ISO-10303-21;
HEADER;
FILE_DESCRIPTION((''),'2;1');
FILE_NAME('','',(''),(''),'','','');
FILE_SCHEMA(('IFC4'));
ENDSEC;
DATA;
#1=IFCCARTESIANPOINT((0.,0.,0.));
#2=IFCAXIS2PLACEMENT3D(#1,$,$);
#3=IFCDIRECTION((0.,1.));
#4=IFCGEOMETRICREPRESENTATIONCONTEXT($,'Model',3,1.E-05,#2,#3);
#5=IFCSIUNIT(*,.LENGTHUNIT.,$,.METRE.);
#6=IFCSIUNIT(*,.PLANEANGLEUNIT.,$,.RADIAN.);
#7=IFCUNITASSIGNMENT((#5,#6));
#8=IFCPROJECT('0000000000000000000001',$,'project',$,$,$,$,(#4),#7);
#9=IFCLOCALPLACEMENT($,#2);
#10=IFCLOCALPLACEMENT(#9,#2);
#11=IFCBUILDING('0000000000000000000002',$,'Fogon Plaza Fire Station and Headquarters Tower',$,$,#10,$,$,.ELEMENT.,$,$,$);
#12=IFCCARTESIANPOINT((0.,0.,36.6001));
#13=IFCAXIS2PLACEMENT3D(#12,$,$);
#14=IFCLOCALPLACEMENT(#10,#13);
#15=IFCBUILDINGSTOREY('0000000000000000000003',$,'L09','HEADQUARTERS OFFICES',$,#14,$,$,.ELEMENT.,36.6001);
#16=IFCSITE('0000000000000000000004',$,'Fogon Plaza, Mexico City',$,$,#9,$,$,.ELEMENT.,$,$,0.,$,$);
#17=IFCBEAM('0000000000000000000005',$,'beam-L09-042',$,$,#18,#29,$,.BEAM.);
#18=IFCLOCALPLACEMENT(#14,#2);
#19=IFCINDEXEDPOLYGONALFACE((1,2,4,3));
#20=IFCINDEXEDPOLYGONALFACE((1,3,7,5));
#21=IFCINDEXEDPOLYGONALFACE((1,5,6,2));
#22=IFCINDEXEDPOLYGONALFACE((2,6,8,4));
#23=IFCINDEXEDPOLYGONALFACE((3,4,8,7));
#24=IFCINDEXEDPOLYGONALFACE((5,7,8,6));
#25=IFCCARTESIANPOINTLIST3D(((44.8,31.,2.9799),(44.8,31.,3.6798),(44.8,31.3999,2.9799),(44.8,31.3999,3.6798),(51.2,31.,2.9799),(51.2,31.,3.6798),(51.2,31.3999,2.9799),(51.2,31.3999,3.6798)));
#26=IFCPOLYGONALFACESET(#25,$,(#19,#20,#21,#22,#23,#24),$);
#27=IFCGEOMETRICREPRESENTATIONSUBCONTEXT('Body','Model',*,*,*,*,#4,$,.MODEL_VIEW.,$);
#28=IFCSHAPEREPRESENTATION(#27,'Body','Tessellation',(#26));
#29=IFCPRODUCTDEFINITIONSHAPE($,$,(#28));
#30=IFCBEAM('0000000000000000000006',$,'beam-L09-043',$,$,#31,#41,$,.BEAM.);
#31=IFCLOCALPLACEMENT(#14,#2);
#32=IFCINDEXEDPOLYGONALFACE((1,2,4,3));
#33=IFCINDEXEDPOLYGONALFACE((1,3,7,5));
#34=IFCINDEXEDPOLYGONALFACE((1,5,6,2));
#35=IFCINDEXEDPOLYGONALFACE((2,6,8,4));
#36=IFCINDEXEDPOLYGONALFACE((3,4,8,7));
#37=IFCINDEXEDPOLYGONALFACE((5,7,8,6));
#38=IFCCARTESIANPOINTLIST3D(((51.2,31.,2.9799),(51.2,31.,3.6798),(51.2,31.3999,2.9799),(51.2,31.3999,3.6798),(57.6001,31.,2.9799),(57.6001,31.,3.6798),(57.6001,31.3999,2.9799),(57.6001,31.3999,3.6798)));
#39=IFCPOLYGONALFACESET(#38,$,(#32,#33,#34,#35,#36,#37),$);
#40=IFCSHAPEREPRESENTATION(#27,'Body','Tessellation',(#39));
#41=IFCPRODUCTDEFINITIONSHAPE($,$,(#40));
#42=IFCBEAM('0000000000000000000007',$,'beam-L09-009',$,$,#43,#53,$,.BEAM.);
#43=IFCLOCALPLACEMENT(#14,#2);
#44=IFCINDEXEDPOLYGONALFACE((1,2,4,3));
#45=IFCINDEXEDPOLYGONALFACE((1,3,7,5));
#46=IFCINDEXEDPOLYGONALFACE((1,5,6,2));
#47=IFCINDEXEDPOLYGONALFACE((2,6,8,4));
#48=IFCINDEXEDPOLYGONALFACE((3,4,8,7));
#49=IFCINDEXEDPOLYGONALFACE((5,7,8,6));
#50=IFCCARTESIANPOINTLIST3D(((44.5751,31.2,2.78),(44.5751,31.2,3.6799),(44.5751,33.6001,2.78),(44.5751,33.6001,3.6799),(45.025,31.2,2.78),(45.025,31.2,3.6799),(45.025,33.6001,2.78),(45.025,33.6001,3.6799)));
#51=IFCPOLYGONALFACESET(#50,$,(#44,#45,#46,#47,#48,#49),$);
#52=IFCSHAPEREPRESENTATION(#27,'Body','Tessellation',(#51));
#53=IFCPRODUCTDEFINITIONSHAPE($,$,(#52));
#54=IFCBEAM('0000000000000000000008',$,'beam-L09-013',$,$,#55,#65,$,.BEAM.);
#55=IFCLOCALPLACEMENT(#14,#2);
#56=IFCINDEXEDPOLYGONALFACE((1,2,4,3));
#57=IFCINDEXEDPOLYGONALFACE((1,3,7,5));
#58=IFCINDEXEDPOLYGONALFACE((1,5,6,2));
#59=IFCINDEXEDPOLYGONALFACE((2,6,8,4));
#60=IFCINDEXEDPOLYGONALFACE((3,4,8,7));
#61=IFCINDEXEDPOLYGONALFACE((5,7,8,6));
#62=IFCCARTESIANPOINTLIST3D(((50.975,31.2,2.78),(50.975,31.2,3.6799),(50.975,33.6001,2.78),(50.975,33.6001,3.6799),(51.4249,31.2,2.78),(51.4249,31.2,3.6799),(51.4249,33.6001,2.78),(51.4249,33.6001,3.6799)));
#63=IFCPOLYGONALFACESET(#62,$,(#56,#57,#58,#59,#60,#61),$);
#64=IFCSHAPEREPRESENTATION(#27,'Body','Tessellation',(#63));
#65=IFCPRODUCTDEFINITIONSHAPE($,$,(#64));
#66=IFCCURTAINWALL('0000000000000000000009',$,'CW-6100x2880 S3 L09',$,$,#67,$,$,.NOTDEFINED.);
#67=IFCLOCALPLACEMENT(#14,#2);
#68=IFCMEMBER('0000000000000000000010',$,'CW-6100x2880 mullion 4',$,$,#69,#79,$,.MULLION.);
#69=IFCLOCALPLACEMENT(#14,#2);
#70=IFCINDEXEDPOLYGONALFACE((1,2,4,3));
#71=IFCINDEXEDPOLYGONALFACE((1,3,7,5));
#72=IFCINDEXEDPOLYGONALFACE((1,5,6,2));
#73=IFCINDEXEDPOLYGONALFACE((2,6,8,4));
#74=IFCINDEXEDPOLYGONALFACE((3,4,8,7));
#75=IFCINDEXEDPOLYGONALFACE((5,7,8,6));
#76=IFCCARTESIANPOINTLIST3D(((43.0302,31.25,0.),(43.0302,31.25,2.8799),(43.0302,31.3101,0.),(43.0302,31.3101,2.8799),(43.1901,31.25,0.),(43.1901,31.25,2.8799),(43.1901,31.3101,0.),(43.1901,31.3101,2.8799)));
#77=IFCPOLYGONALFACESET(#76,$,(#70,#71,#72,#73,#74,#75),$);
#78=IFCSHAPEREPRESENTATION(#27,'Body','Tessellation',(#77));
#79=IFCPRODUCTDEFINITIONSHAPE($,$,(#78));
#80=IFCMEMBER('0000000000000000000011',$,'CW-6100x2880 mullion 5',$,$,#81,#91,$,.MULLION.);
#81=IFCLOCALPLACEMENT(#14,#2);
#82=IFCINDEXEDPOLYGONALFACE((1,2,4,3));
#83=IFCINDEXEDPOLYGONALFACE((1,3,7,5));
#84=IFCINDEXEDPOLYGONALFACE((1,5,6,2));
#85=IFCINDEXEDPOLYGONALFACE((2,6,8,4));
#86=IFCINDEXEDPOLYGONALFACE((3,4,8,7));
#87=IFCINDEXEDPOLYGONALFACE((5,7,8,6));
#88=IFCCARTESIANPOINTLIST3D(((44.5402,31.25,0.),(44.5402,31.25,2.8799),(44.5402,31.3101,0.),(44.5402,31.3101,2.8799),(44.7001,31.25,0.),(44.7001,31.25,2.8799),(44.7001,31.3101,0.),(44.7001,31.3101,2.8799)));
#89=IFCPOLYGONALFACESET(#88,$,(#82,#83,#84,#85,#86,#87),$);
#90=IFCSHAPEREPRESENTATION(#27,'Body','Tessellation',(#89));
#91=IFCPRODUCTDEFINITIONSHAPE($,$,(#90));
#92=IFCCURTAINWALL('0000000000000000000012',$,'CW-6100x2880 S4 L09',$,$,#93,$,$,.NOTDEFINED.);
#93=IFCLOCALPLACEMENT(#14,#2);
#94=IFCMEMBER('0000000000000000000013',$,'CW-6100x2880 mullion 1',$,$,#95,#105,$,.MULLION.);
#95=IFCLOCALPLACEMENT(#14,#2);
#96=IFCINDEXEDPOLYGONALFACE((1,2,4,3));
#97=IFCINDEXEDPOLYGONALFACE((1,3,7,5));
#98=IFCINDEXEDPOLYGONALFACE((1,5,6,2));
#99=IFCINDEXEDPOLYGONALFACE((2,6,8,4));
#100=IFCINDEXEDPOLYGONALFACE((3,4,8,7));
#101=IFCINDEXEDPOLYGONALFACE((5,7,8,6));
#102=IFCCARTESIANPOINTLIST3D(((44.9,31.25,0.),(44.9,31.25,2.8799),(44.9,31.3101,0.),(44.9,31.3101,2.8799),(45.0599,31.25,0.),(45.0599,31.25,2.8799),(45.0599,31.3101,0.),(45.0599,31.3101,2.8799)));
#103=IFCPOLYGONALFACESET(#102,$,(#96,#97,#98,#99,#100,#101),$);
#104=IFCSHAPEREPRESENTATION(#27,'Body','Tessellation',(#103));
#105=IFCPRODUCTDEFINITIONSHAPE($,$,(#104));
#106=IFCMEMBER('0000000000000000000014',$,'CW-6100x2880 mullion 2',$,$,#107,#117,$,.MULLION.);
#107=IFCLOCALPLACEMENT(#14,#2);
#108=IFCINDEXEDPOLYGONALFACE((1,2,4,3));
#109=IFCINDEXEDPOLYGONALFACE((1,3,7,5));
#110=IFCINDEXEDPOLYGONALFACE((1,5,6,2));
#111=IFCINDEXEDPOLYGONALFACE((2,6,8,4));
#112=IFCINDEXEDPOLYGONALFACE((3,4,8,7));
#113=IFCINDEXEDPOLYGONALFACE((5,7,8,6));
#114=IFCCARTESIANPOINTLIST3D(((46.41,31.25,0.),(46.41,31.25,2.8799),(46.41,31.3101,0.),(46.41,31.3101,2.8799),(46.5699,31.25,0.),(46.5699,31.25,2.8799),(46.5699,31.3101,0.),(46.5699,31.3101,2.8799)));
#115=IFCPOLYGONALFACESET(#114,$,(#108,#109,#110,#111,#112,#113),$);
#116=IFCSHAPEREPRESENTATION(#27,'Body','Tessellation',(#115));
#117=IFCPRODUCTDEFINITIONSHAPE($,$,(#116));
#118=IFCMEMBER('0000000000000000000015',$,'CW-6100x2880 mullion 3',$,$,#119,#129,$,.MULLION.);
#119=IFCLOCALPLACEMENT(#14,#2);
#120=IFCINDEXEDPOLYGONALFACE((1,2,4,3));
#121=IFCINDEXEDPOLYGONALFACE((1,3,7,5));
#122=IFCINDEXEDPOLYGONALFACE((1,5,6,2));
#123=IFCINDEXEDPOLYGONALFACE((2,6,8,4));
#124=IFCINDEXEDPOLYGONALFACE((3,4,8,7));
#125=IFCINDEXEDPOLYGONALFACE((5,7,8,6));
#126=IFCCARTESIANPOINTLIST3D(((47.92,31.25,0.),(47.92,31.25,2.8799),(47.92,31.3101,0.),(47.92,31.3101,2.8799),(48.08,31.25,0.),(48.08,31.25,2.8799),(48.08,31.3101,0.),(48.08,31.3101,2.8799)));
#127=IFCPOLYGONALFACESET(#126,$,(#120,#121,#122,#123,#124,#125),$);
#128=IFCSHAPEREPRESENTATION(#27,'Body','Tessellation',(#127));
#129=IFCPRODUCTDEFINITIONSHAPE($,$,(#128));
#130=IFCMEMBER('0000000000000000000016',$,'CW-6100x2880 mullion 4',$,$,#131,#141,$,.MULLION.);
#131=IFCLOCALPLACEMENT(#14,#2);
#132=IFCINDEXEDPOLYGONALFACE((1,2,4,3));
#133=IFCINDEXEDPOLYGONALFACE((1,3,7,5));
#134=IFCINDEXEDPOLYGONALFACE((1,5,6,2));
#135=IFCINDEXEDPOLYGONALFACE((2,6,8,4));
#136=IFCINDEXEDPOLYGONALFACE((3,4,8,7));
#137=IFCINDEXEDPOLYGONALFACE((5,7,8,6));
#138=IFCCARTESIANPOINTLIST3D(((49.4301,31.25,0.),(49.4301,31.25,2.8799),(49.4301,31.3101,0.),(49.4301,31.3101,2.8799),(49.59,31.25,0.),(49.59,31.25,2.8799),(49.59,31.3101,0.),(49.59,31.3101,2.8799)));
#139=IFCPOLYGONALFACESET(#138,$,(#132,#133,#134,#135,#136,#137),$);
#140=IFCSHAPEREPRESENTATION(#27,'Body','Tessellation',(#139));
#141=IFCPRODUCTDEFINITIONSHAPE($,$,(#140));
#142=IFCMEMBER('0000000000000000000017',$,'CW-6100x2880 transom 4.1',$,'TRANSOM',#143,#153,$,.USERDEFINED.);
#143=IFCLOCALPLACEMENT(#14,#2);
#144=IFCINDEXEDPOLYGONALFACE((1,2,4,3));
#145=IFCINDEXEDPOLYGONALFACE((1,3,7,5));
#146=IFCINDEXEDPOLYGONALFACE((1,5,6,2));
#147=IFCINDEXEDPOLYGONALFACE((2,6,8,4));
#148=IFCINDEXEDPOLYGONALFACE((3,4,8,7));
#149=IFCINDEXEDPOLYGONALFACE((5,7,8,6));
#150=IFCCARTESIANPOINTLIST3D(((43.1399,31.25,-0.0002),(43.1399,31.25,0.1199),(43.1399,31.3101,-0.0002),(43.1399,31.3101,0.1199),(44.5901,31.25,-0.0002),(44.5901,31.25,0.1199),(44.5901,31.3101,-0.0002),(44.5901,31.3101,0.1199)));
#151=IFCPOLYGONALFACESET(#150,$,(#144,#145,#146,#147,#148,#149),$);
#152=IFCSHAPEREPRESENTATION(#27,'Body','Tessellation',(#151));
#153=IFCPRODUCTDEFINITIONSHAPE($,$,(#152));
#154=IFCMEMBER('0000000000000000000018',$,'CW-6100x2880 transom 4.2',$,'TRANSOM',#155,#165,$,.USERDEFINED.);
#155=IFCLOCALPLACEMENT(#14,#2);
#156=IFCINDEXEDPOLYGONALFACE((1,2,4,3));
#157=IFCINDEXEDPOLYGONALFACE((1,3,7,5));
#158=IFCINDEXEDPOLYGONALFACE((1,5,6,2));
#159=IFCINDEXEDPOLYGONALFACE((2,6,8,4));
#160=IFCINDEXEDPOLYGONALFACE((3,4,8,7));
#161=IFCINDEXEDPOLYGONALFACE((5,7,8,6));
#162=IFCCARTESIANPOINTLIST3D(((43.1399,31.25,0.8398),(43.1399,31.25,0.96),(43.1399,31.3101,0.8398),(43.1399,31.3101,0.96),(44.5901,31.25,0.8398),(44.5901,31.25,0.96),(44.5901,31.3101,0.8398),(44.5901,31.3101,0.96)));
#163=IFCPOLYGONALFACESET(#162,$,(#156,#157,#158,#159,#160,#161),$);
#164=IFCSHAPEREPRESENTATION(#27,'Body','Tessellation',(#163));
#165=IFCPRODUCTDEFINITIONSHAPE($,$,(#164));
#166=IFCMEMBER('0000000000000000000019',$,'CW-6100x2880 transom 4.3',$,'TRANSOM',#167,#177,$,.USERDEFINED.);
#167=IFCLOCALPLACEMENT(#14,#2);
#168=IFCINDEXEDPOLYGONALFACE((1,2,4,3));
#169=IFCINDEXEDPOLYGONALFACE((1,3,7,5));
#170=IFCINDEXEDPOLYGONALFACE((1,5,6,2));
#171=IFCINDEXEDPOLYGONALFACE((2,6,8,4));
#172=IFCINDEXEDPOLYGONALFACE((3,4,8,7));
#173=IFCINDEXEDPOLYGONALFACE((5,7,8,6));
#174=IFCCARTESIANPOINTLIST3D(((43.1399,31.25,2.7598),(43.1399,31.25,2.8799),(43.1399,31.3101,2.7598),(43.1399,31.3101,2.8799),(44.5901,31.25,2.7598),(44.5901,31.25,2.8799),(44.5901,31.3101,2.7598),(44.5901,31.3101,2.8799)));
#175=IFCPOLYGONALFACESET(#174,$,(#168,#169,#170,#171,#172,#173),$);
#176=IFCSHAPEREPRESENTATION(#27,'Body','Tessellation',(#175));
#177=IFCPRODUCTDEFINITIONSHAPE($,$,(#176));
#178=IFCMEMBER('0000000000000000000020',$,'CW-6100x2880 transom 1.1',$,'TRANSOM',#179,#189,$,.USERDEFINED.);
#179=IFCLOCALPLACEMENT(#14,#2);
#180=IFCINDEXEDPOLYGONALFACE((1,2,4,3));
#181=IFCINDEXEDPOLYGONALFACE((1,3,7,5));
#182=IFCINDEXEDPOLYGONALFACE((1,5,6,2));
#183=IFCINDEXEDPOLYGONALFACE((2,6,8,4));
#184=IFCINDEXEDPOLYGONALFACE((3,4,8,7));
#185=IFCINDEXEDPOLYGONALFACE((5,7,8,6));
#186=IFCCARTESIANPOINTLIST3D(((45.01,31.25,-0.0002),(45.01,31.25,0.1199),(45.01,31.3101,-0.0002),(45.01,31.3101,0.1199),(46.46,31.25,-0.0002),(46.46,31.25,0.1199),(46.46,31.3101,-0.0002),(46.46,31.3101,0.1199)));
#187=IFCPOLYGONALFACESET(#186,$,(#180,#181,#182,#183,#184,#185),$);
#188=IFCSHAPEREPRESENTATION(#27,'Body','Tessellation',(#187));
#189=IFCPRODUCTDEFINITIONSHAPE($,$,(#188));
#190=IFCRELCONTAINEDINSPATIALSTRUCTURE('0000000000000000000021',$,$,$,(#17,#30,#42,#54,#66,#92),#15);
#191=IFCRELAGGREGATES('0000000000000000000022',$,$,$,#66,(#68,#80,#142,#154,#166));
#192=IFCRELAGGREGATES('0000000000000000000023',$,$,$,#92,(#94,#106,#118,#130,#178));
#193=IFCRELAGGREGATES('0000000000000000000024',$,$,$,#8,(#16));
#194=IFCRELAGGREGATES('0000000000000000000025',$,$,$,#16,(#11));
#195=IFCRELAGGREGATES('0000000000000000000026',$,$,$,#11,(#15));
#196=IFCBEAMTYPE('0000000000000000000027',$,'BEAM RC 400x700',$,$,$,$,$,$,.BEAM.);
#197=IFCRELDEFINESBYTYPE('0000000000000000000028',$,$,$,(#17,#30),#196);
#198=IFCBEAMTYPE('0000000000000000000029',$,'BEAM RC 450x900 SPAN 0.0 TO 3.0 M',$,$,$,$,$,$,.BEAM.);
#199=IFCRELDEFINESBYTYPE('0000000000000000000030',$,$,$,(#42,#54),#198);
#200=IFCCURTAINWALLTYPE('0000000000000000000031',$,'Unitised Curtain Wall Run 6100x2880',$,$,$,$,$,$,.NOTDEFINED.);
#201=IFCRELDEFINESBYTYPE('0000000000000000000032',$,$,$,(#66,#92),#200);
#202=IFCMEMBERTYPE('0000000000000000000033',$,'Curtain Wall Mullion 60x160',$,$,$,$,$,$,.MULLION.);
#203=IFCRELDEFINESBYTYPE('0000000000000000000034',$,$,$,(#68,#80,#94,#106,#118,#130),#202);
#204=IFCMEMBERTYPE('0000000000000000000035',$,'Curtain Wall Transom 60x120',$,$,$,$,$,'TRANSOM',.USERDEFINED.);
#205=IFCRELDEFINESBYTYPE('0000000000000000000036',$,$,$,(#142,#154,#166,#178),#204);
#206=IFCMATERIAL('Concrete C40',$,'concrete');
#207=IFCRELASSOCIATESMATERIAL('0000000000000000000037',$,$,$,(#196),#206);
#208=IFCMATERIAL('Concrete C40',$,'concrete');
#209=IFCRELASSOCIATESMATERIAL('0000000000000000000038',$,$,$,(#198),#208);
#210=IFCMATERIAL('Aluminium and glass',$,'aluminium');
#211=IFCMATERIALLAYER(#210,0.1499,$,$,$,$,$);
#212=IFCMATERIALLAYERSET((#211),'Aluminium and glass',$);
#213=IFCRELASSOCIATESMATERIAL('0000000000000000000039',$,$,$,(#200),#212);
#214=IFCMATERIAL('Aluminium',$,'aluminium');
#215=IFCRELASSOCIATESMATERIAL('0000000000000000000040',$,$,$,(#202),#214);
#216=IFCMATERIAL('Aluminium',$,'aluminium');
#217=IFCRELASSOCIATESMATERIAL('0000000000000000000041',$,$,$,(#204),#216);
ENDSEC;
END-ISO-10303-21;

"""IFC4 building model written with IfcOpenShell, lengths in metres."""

from ifc_helpers import new_model, si_unit, direction, frame, origin, origin_2d, place, context, subcontext, project, spatial, rectangle, extrude, material, layer, layer_set, material_profile, profile_set, type_object, element, aggregate, save


model = new_model("IFC4")

# Units and contexts
model_context = context("Model", 3, precision=1e-05, world=origin(), true_north=direction((0.0, 1.0)))
body_context = subcontext(model_context, "Body", "Model", "MODEL_VIEW")
ifc_project = project(units=[si_unit("LENGTHUNIT", "METRE"), si_unit("PLANEANGLEUNIT", "RADIAN")], contexts=[model_context])

# Site, building, storey
site_placement = place(None, origin())
site = spatial("IfcSite", under=ifc_project, at=site_placement, Name="Fogon Plaza, Mexico City", CompositionType="ELEMENT", RefElevation=0.0)
building_placement = place(site_placement, origin())
building = spatial("IfcBuilding", under=site, at=building_placement, Name="Fogon Plaza Fire Station and Headquarters Tower", CompositionType="ELEMENT")
storey_placement = place(building_placement, frame((0.0, 0.0, 36.6001)))
storey = spatial("IfcBuildingStorey", under=building, at=storey_placement, Name="L09", Description="HEADQUARTERS OFFICES", CompositionType="ELEMENT", Elevation=36.6001)

# Beams
ifc_material_1 = material(Name="Concrete C40", Category="concrete")
ifc_material_profile_1 = material_profile(ifc_material_1, rectangle(XDim=0.3999, YDim=0.7, at=origin_2d()), Name="RC 400x700")
ifc_profile_set_1 = profile_set([ifc_material_profile_1], Name="Concrete C40")
beam_type_1 = type_object("IfcBeamType", Name="BEAM RC 400x700", PredefinedType="BEAM", material=ifc_profile_set_1)
beam_1_placement = place(storey_placement, frame((44.8, 31.2, 3.3298), z_axis=(1.0, 0.0, 0.0), x_axis=(0.0, 1.0, 0.0)))
element("IfcBeam", 1, at=beam_1_placement, inside=storey, type_object=beam_type_1, Name="beam-L09-042", PredefinedType="BEAM", context=body_context, shape_type="SweptSolid", body=[
    extrude(rectangle(XDim=0.3999, YDim=0.7, at=origin_2d()), origin(), (0.0, 0.0, 1.0), 6.3999),
])
beam_2_placement = place(storey_placement, frame((51.2, 31.2, 3.3298), z_axis=(1.0, 0.0, 0.0), x_axis=(0.0, 1.0, 0.0)))
element("IfcBeam", 2, at=beam_2_placement, inside=storey, type_object=beam_type_1, Name="beam-L09-043", PredefinedType="BEAM", context=body_context, shape_type="SweptSolid", body=[
    extrude(rectangle(XDim=0.3999, YDim=0.7, at=origin_2d()), origin(), (0.0, 0.0, 1.0), 6.4001),
])
ifc_material_2 = material(Name="Concrete C40", Category="concrete")
ifc_material_profile_2 = material_profile(ifc_material_2, rectangle(XDim=0.45, YDim=0.8999, at=origin_2d()), Name="RC 450x900")
ifc_profile_set_2 = profile_set([ifc_material_profile_2], Name="Concrete C40")
beam_type_2 = type_object("IfcBeamType", Name="BEAM RC 450x900 SPAN 0.0 TO 3.0 M", PredefinedType="BEAM", material=ifc_profile_set_2)
for number, where, z_axis, x_axis, name in (
    (3, (44.8, 31.2, 3.23), (0.0, 1.0, 0.0), (-1.0, 0.0, 0.0), "beam-L09-009"),
    (4, (51.2, 31.2, 3.23), (0.0, 1.0, 0.0), (-1.0, 0.0, 0.0), "beam-L09-013"),
):
    element("IfcBeam", number, at=place(storey_placement, frame(where, z_axis=z_axis, x_axis=x_axis)), inside=storey, type_object=beam_type_2, Name=name, PredefinedType="BEAM", context=body_context, shape_type="SweptSolid", body=[
        extrude(rectangle(XDim=0.45, YDim=0.8999, at=origin_2d()), origin(), (0.0, 0.0, 1.0), 2.4001),
    ])

# Curtain walls, members
ifc_material_3 = material(Name="Aluminium and glass", Category="aluminium")
ifc_layer_1 = layer(ifc_material_3, 0.1499)
ifc_layer_set_1 = layer_set([ifc_layer_1], Name="Aluminium and glass")
curtain_wall_type = type_object("IfcCurtainWallType", Name="Unitised Curtain Wall Run 6100x2880", PredefinedType="NOTDEFINED", material=ifc_layer_set_1)
curtain_wall_1_placement = place(storey_placement, origin())
curtain_wall_1 = element("IfcCurtainWall", 5, at=curtain_wall_1_placement, inside=storey, type_object=curtain_wall_type, Name="CW-6100x2880 S3 L09", PredefinedType="NOTDEFINED")
ifc_material_4 = material(Name="Aluminium", Category="aluminium")
ifc_material_profile_3 = material_profile(ifc_material_4, rectangle(XDim=0.0601, YDim=0.1599, at=origin_2d()), Name="Curtain Wall Mullion 60x160")
ifc_profile_set_3 = profile_set([ifc_material_profile_3], Name="Aluminium")
member_type_1 = type_object("IfcMemberType", Name="Curtain Wall Mullion 60x160", PredefinedType="MULLION", material=ifc_profile_set_3)
member_1_placement = place(storey_placement, frame((43.1101, 31.28, 0.0), z_axis=(0.0, 0.0, 1.0), x_axis=(0.0, 1.0, 0.0)))
member_1 = element("IfcMember", 6, at=member_1_placement, type_object=member_type_1, Name="CW-6100x2880 mullion 4", PredefinedType="MULLION", context=body_context, shape_type="SweptSolid", body=[
    extrude(rectangle(XDim=0.0601, YDim=0.1599, at=origin_2d()), origin(), (0.0, 0.0, 1.0), 2.8799),
])
member_2_placement = place(storey_placement, frame((44.6201, 31.28, 0.0), z_axis=(0.0, 0.0, 1.0), x_axis=(0.0, 1.0, 0.0)))
member_2 = element("IfcMember", 7, at=member_2_placement, type_object=member_type_1, Name="CW-6100x2880 mullion 5", PredefinedType="MULLION", context=body_context, shape_type="SweptSolid", body=[
    extrude(rectangle(XDim=0.0601, YDim=0.1599, at=origin_2d()), origin(), (0.0, 0.0, 1.0), 2.8799),
])
curtain_wall_2_placement = place(storey_placement, origin())
curtain_wall_2 = element("IfcCurtainWall", 8, at=curtain_wall_2_placement, inside=storey, type_object=curtain_wall_type, Name="CW-6100x2880 S4 L09", PredefinedType="NOTDEFINED")
member_3_placement = place(storey_placement, frame((44.98, 31.28, 0.0), z_axis=(0.0, 0.0, 1.0), x_axis=(0.0, 1.0, 0.0)))
member_3 = element("IfcMember", 9, at=member_3_placement, type_object=member_type_1, Name="CW-6100x2880 mullion 1", PredefinedType="MULLION", context=body_context, shape_type="SweptSolid", body=[
    extrude(rectangle(XDim=0.0601, YDim=0.1599, at=origin_2d()), origin(), (0.0, 0.0, 1.0), 2.8799),
])
member_4_placement = place(storey_placement, frame((46.49, 31.28, 0.0), z_axis=(0.0, 0.0, 1.0), x_axis=(0.0, 1.0, 0.0)))
member_4 = element("IfcMember", 10, at=member_4_placement, type_object=member_type_1, Name="CW-6100x2880 mullion 2", PredefinedType="MULLION", context=body_context, shape_type="SweptSolid", body=[
    extrude(rectangle(XDim=0.0601, YDim=0.1599, at=origin_2d()), origin(), (0.0, 0.0, 1.0), 2.8799),
])
member_5_placement = place(storey_placement, frame((48.0, 31.28, 0.0), z_axis=(0.0, 0.0, 1.0), x_axis=(0.0, 1.0, 0.0)))
member_5 = element("IfcMember", 11, at=member_5_placement, type_object=member_type_1, Name="CW-6100x2880 mullion 3", PredefinedType="MULLION", context=body_context, shape_type="SweptSolid", body=[
    extrude(rectangle(XDim=0.0601, YDim=0.1599, at=origin_2d()), origin(), (0.0, 0.0, 1.0), 2.8799),
])
member_6_placement = place(storey_placement, frame((49.51, 31.28, 0.0), z_axis=(0.0, 0.0, 1.0), x_axis=(0.0, 1.0, 0.0)))
member_6 = element("IfcMember", 12, at=member_6_placement, type_object=member_type_1, Name="CW-6100x2880 mullion 4", PredefinedType="MULLION", context=body_context, shape_type="SweptSolid", body=[
    extrude(rectangle(XDim=0.0601, YDim=0.1599, at=origin_2d()), origin(), (0.0, 0.0, 1.0), 2.8799),
])

# Members
ifc_material_5 = material(Name="Aluminium", Category="aluminium")
ifc_material_profile_4 = material_profile(ifc_material_5, rectangle(XDim=0.0601, YDim=0.1201, at=origin_2d()), Name="Curtain Wall Transom 60x120")
ifc_profile_set_4 = profile_set([ifc_material_profile_4], Name="Aluminium")
member_type_2 = type_object("IfcMemberType", Name="Curtain Wall Transom 60x120", ElementType="TRANSOM", PredefinedType="USERDEFINED", material=ifc_profile_set_4)
member_7_placement = place(storey_placement, frame((43.1399, 31.28, 0.0598), z_axis=(1.0, 0.0, 0.0), x_axis=(0.0, 1.0, 0.0)))
member_7 = element("IfcMember", 13, at=member_7_placement, type_object=member_type_2, Name="CW-6100x2880 transom 4.1", ObjectType="TRANSOM", PredefinedType="USERDEFINED", context=body_context, shape_type="SweptSolid", body=[
    extrude(rectangle(XDim=0.0601, YDim=0.1201, at=origin_2d()), origin(), (0.0, 0.0, 1.0), 1.4502),
])
member_8_placement = place(storey_placement, frame((43.1399, 31.28, 0.8999), z_axis=(1.0, 0.0, 0.0), x_axis=(0.0, 1.0, 0.0)))
member_8 = element("IfcMember", 14, at=member_8_placement, type_object=member_type_2, Name="CW-6100x2880 transom 4.2", ObjectType="TRANSOM", PredefinedType="USERDEFINED", context=body_context, shape_type="SweptSolid", body=[
    extrude(rectangle(XDim=0.0601, YDim=0.1201, at=origin_2d()), origin(), (0.0, 0.0, 1.0), 1.4502),
])
member_9_placement = place(storey_placement, frame((43.1399, 31.28, 2.8198), z_axis=(1.0, 0.0, 0.0), x_axis=(0.0, 1.0, 0.0)))
member_9 = element("IfcMember", 15, at=member_9_placement, type_object=member_type_2, Name="CW-6100x2880 transom 4.3", ObjectType="TRANSOM", PredefinedType="USERDEFINED", context=body_context, shape_type="SweptSolid", body=[
    extrude(rectangle(XDim=0.0601, YDim=0.1201, at=origin_2d()), origin(), (0.0, 0.0, 1.0), 1.4502),
])
member_10_placement = place(storey_placement, frame((45.01, 31.28, 0.0598), z_axis=(1.0, 0.0, 0.0), x_axis=(0.0, 1.0, 0.0)))
member_10 = element("IfcMember", 16, at=member_10_placement, type_object=member_type_2, Name="CW-6100x2880 transom 1.1", ObjectType="TRANSOM", PredefinedType="USERDEFINED", context=body_context, shape_type="SweptSolid", body=[
    extrude(rectangle(XDim=0.0601, YDim=0.1201, at=origin_2d()), origin(), (0.0, 0.0, 1.0), 1.45),
])

aggregate(curtain_wall_1, [member_1, member_2, member_7, member_8, member_9])
aggregate(curtain_wall_2, [member_3, member_4, member_5, member_6, member_10])

save(model, "model.ifc")
